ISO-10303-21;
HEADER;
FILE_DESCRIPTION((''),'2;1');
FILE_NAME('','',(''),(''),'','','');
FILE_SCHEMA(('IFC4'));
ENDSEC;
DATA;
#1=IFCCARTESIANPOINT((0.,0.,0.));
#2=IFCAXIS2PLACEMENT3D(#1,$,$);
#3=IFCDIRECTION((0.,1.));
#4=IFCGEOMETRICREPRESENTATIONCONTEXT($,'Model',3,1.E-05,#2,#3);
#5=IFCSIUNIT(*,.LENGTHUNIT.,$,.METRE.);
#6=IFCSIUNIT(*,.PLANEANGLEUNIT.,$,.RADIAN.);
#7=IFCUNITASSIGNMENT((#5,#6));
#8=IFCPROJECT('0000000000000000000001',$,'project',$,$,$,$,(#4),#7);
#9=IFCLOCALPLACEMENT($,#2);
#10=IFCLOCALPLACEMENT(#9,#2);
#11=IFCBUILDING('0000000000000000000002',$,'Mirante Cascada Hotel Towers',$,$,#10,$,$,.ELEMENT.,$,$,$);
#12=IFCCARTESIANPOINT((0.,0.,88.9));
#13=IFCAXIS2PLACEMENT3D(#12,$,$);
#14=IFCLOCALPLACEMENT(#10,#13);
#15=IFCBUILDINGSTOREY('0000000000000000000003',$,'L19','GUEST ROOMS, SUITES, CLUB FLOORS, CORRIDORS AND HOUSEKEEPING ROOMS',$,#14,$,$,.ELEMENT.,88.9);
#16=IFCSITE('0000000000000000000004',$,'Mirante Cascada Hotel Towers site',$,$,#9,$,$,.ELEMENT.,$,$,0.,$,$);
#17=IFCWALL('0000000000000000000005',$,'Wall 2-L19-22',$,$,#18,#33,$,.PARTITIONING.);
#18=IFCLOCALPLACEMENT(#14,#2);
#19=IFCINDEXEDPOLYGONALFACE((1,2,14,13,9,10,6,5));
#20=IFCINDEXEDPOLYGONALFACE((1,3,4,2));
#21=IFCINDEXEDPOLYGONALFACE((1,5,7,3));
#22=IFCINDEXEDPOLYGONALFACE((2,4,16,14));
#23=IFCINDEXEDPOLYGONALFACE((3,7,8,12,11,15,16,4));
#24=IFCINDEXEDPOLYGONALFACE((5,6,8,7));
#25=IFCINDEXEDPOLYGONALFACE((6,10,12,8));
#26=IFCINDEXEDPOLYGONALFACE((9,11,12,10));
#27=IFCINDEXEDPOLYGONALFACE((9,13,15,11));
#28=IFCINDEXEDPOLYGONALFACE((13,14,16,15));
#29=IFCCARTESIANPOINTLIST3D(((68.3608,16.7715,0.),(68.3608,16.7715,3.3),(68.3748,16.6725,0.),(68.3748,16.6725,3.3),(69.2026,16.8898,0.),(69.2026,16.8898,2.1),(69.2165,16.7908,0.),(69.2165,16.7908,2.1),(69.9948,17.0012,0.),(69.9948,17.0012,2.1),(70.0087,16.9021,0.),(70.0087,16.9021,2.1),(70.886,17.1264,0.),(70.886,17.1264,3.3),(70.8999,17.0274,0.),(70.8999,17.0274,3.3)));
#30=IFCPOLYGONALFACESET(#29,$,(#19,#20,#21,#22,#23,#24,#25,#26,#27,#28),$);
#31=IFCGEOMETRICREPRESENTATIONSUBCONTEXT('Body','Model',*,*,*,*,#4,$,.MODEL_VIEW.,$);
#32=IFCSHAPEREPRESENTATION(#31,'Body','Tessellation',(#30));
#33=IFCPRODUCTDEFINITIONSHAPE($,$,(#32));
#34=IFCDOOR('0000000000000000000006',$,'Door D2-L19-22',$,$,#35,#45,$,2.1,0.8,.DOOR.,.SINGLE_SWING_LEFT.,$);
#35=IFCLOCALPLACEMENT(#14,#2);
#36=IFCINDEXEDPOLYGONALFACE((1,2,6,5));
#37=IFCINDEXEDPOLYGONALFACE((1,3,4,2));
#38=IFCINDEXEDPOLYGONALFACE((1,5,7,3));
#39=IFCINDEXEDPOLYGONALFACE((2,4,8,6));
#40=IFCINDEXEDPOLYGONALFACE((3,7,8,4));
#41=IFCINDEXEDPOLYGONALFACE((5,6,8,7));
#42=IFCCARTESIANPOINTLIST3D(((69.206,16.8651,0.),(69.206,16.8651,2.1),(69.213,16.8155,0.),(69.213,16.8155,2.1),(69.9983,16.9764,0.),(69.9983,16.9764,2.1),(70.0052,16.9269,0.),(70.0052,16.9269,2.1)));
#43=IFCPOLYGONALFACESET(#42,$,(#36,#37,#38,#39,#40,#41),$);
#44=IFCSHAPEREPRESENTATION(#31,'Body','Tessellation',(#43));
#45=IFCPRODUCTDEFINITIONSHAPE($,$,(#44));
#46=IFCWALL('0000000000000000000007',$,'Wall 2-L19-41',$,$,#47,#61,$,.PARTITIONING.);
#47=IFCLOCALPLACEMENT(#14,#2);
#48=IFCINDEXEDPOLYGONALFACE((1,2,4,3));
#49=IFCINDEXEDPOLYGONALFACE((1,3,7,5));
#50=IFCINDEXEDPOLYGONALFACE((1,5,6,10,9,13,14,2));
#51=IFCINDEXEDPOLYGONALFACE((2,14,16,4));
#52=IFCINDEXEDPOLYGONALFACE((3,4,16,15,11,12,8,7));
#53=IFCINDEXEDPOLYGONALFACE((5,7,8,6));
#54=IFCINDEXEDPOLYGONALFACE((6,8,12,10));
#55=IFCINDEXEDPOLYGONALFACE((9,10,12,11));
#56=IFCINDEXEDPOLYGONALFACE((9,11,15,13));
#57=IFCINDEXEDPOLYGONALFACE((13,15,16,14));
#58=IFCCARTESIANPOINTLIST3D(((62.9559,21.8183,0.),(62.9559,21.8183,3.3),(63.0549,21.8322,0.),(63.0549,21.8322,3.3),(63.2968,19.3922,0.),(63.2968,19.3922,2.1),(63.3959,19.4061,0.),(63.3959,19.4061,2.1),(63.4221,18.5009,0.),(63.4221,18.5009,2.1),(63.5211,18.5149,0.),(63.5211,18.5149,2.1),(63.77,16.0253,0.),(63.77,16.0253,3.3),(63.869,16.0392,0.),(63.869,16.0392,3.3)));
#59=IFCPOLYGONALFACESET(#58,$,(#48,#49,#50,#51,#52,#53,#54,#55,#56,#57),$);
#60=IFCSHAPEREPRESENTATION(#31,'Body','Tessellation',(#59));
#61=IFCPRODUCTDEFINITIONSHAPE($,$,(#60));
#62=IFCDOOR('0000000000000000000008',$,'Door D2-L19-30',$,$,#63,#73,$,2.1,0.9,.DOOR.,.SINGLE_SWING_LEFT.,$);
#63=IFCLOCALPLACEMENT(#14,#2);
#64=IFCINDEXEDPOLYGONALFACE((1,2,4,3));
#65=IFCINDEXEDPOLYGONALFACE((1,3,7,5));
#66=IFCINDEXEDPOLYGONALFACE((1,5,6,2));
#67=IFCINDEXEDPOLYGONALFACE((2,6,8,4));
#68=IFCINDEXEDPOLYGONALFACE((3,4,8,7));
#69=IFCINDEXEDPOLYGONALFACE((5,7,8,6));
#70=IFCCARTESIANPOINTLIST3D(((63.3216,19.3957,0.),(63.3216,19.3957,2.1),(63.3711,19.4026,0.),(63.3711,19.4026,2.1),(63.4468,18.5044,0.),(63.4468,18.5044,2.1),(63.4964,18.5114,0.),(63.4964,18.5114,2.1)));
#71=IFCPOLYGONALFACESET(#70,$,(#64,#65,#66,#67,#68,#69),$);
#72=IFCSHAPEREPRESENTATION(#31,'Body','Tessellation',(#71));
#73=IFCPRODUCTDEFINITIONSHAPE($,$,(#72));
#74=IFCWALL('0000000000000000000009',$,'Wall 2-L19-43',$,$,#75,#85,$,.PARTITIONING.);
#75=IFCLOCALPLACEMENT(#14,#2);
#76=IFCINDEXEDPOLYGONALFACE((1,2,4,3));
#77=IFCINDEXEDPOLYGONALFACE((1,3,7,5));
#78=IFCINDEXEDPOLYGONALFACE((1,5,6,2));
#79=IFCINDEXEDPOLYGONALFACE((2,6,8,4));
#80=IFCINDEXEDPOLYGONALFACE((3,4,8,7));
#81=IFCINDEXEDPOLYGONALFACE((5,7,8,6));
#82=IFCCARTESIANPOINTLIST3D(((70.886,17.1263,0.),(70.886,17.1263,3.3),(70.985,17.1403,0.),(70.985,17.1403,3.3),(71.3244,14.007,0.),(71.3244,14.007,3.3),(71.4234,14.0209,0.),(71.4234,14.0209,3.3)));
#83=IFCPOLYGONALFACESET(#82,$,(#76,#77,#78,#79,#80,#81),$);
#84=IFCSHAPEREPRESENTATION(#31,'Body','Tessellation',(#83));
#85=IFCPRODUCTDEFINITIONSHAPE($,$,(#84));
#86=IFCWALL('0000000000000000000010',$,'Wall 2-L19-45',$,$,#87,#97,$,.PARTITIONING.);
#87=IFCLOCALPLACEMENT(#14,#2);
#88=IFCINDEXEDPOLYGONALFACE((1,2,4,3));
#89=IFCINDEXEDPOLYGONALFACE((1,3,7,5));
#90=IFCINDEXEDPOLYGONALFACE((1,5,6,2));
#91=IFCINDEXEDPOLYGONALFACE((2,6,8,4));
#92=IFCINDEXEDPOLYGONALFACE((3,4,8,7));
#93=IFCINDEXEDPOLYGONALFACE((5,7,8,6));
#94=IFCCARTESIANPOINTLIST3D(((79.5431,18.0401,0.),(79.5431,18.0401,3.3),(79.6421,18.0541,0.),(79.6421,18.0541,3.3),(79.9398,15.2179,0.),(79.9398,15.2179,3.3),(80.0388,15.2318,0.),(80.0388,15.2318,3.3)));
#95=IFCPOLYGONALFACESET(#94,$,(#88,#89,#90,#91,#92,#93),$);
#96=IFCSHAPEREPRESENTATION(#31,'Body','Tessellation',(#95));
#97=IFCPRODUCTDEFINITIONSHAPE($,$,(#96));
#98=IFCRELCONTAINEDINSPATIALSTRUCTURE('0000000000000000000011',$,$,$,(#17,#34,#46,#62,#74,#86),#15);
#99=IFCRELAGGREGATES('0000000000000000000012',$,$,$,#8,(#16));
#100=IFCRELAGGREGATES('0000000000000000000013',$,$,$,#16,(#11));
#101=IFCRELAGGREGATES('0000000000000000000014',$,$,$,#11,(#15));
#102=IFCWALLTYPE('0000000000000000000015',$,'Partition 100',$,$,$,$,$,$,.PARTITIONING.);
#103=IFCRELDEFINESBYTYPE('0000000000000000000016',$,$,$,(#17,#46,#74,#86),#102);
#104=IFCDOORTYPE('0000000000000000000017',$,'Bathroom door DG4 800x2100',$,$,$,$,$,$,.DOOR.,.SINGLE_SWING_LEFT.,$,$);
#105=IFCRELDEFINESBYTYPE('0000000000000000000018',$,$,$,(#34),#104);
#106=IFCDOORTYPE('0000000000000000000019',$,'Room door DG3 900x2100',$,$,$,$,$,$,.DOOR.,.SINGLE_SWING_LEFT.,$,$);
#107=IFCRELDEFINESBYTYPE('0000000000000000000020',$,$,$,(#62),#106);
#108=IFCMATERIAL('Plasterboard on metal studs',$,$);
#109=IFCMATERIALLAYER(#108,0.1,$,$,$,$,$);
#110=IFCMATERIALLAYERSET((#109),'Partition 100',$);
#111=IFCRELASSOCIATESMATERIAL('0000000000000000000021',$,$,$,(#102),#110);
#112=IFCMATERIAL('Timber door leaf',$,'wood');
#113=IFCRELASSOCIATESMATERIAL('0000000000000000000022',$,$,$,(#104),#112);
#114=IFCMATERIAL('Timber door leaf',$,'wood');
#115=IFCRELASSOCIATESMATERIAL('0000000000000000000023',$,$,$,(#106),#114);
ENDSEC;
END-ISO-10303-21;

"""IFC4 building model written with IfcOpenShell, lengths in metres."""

from ifc_helpers import new_model, si_unit, direction, frame, frame_2d, origin, place, context, subcontext, project, spatial, rectangle, extrude, material, layer, layer_set, type_object, element, fill, save


model = new_model("IFC4")

# Units and contexts
model_context = context("Model", 3, precision=1e-05, world=origin(), true_north=direction((0.0, 1.0)))
body_context = subcontext(model_context, "Body", "Model", "MODEL_VIEW")
ifc_project = project(units=[si_unit("LENGTHUNIT", "METRE"), si_unit("PLANEANGLEUNIT", "RADIAN")], contexts=[model_context])

# Site, building, storey
site_placement = place(None, origin())
site = spatial("IfcSite", under=ifc_project, at=site_placement, Name="Mirante Cascada Hotel Towers site", CompositionType="ELEMENT", RefElevation=0.0)
building_placement = place(site_placement, origin())
building = spatial("IfcBuilding", under=site, at=building_placement, Name="Mirante Cascada Hotel Towers", CompositionType="ELEMENT")
storey_placement = place(building_placement, frame((0.0, 0.0, 88.9)))
storey = spatial("IfcBuildingStorey", under=building, at=storey_placement, Name="L19", Description="GUEST ROOMS, SUITES, CLUB FLOORS, CORRIDORS AND HOUSEKEEPING ROOMS", CompositionType="ELEMENT", Elevation=88.9)

# Shared definitions
ifc_material_1 = material(Name="Plasterboard on metal studs")
ifc_layer_1 = layer(ifc_material_1, 0.1)
ifc_layer_set_1 = layer_set([ifc_layer_1], Name="Partition 100")
wall_type_1 = type_object("IfcWallType", Name="Partition 100", PredefinedType="PARTITIONING", material=ifc_layer_set_1)
ifc_material_2 = material(Name="Timber door leaf", Category="wood")
door_type_1 = type_object("IfcDoorType", Name="Bathroom door DG4 800x2100", OperationType="SINGLE_SWING_LEFT", PredefinedType="DOOR", material=ifc_material_2)

# Walls, openings, doors
wall_1_placement = place(storey_placement, frame((68.3678, 16.722, 0.0), z_axis=(0.0, 0.0, 1.0), x_axis=(0.990268, 0.139176, 0.0)))
wall_1 = element("IfcWall", 1, at=wall_1_placement, inside=storey, type_object=wall_type_1, Name="Wall 2-L19-22", PredefinedType="PARTITIONING", context=body_context, shape_type="SweptSolid", body=[
    extrude(rectangle(XDim=2.55, YDim=0.1, at=frame_2d((1.275, 0.0))), origin(), (0.0, 0.0, 1.0), 3.3),
])
opening_1_placement = place(wall_1_placement, frame((0.85, 0.0, 0.0)))
opening_1 = element("IfcOpeningElement", 2, at=opening_1_placement, cuts=wall_1, PredefinedType="OPENING", context=body_context, shape_type="SweptSolid", body=[
    extrude(rectangle(XDim=0.8, YDim=2.1, at=frame_2d((0.4, 1.05))), frame((0.0, 0.05, 0.0), z_axis=(0.0, -1.0, 0.0), x_axis=(1.0, 0.0, 0.0)), (0.0, 0.0, 1.0), 0.1),
])
door_1_placement = place(opening_1_placement, origin())
door_1 = element("IfcDoor", 3, at=door_1_placement, inside=storey, type_object=door_type_1, Name="Door D2-L19-22", OperationType="SINGLE_SWING_LEFT", OverallHeight=2.1, OverallWidth=0.8, PredefinedType="DOOR", context=body_context, shape_type="SweptSolid", body=[
    extrude(rectangle(XDim=0.8, YDim=2.1, at=frame_2d((0.4, 1.05))), frame((0.0, 0.025, 0.0), z_axis=(0.0, -1.0, 0.0), x_axis=(1.0, 0.0, 0.0)), (0.0, 0.0, 1.0), 0.05),
])
fill(opening_1, door_1)
wall_2_placement = place(storey_placement, frame((63.0054, 21.8253, 0.0), z_axis=(0.0, 0.0, 1.0), x_axis=(0.139164, -0.990269, 0.0)))
wall_2 = element("IfcWall", 4, at=wall_2_placement, inside=storey, type_object=wall_type_1, Name="Wall 2-L19-41", PredefinedType="PARTITIONING", context=body_context, shape_type="SweptSolid", body=[
    extrude(rectangle(XDim=5.8499, YDim=0.1, at=frame_2d((2.925, 0.0))), origin(), (0.0, 0.0, 1.0), 3.3),
])
opening_2_placement = place(wall_2_placement, frame((2.45, 0.0, 0.0)))
opening_2 = element("IfcOpeningElement", 5, at=opening_2_placement, cuts=wall_2, PredefinedType="OPENING", context=body_context, shape_type="SweptSolid", body=[
    extrude(rectangle(XDim=0.9, YDim=2.1, at=frame_2d((0.45, 1.05))), frame((0.0, 0.05, 0.0), z_axis=(0.0, -1.0, 0.0), x_axis=(1.0, 0.0, 0.0)), (0.0, 0.0, 1.0), 0.1),
])
ifc_material_3 = material(Name="Timber door leaf", Category="wood")
door_type_2 = type_object("IfcDoorType", Name="Room door DG3 900x2100", OperationType="SINGLE_SWING_LEFT", PredefinedType="DOOR", material=ifc_material_3)
door_2_placement = place(opening_2_placement, origin())
door_2 = element("IfcDoor", 6, at=door_2_placement, inside=storey, type_object=door_type_2, Name="Door D2-L19-30", OperationType="SINGLE_SWING_LEFT", OverallHeight=2.1, OverallWidth=0.9, PredefinedType="DOOR", context=body_context, shape_type="SweptSolid", body=[
    extrude(rectangle(XDim=0.9, YDim=2.1, at=frame_2d((0.45, 1.05))), frame((0.0, 0.025, 0.0), z_axis=(0.0, -1.0, 0.0), x_axis=(1.0, 0.0, 0.0)), (0.0, 0.0, 1.0), 0.05),
])
fill(opening_2, door_2)

# Walls
wall_3_placement = place(storey_placement, frame((70.9355, 17.1333, 0.0), z_axis=(0.0, 0.0, 1.0), x_axis=(0.139177, -0.990268, 0.0)))
element("IfcWall", 7, at=wall_3_placement, inside=storey, type_object=wall_type_1, Name="Wall 2-L19-43", PredefinedType="PARTITIONING", context=body_context, shape_type="SweptSolid", body=[
    extrude(rectangle(XDim=3.15, YDim=0.1, at=frame_2d((1.575, 0.0))), origin(), (0.0, 0.0, 1.0), 3.3),
])
wall_4_placement = place(storey_placement, frame((79.5926, 18.0471, 0.0), z_axis=(0.0, 0.0, 1.0), x_axis=(0.139191, -0.990266, 0.0)))
element("IfcWall", 8, at=wall_4_placement, inside=storey, type_object=wall_type_1, Name="Wall 2-L19-45", PredefinedType="PARTITIONING", context=body_context, shape_type="SweptSolid", body=[
    extrude(rectangle(XDim=2.85, YDim=0.1, at=frame_2d((1.425, 0.0))), origin(), (0.0, 0.0, 1.0), 3.3),
])

save(model, "model.ifc")
